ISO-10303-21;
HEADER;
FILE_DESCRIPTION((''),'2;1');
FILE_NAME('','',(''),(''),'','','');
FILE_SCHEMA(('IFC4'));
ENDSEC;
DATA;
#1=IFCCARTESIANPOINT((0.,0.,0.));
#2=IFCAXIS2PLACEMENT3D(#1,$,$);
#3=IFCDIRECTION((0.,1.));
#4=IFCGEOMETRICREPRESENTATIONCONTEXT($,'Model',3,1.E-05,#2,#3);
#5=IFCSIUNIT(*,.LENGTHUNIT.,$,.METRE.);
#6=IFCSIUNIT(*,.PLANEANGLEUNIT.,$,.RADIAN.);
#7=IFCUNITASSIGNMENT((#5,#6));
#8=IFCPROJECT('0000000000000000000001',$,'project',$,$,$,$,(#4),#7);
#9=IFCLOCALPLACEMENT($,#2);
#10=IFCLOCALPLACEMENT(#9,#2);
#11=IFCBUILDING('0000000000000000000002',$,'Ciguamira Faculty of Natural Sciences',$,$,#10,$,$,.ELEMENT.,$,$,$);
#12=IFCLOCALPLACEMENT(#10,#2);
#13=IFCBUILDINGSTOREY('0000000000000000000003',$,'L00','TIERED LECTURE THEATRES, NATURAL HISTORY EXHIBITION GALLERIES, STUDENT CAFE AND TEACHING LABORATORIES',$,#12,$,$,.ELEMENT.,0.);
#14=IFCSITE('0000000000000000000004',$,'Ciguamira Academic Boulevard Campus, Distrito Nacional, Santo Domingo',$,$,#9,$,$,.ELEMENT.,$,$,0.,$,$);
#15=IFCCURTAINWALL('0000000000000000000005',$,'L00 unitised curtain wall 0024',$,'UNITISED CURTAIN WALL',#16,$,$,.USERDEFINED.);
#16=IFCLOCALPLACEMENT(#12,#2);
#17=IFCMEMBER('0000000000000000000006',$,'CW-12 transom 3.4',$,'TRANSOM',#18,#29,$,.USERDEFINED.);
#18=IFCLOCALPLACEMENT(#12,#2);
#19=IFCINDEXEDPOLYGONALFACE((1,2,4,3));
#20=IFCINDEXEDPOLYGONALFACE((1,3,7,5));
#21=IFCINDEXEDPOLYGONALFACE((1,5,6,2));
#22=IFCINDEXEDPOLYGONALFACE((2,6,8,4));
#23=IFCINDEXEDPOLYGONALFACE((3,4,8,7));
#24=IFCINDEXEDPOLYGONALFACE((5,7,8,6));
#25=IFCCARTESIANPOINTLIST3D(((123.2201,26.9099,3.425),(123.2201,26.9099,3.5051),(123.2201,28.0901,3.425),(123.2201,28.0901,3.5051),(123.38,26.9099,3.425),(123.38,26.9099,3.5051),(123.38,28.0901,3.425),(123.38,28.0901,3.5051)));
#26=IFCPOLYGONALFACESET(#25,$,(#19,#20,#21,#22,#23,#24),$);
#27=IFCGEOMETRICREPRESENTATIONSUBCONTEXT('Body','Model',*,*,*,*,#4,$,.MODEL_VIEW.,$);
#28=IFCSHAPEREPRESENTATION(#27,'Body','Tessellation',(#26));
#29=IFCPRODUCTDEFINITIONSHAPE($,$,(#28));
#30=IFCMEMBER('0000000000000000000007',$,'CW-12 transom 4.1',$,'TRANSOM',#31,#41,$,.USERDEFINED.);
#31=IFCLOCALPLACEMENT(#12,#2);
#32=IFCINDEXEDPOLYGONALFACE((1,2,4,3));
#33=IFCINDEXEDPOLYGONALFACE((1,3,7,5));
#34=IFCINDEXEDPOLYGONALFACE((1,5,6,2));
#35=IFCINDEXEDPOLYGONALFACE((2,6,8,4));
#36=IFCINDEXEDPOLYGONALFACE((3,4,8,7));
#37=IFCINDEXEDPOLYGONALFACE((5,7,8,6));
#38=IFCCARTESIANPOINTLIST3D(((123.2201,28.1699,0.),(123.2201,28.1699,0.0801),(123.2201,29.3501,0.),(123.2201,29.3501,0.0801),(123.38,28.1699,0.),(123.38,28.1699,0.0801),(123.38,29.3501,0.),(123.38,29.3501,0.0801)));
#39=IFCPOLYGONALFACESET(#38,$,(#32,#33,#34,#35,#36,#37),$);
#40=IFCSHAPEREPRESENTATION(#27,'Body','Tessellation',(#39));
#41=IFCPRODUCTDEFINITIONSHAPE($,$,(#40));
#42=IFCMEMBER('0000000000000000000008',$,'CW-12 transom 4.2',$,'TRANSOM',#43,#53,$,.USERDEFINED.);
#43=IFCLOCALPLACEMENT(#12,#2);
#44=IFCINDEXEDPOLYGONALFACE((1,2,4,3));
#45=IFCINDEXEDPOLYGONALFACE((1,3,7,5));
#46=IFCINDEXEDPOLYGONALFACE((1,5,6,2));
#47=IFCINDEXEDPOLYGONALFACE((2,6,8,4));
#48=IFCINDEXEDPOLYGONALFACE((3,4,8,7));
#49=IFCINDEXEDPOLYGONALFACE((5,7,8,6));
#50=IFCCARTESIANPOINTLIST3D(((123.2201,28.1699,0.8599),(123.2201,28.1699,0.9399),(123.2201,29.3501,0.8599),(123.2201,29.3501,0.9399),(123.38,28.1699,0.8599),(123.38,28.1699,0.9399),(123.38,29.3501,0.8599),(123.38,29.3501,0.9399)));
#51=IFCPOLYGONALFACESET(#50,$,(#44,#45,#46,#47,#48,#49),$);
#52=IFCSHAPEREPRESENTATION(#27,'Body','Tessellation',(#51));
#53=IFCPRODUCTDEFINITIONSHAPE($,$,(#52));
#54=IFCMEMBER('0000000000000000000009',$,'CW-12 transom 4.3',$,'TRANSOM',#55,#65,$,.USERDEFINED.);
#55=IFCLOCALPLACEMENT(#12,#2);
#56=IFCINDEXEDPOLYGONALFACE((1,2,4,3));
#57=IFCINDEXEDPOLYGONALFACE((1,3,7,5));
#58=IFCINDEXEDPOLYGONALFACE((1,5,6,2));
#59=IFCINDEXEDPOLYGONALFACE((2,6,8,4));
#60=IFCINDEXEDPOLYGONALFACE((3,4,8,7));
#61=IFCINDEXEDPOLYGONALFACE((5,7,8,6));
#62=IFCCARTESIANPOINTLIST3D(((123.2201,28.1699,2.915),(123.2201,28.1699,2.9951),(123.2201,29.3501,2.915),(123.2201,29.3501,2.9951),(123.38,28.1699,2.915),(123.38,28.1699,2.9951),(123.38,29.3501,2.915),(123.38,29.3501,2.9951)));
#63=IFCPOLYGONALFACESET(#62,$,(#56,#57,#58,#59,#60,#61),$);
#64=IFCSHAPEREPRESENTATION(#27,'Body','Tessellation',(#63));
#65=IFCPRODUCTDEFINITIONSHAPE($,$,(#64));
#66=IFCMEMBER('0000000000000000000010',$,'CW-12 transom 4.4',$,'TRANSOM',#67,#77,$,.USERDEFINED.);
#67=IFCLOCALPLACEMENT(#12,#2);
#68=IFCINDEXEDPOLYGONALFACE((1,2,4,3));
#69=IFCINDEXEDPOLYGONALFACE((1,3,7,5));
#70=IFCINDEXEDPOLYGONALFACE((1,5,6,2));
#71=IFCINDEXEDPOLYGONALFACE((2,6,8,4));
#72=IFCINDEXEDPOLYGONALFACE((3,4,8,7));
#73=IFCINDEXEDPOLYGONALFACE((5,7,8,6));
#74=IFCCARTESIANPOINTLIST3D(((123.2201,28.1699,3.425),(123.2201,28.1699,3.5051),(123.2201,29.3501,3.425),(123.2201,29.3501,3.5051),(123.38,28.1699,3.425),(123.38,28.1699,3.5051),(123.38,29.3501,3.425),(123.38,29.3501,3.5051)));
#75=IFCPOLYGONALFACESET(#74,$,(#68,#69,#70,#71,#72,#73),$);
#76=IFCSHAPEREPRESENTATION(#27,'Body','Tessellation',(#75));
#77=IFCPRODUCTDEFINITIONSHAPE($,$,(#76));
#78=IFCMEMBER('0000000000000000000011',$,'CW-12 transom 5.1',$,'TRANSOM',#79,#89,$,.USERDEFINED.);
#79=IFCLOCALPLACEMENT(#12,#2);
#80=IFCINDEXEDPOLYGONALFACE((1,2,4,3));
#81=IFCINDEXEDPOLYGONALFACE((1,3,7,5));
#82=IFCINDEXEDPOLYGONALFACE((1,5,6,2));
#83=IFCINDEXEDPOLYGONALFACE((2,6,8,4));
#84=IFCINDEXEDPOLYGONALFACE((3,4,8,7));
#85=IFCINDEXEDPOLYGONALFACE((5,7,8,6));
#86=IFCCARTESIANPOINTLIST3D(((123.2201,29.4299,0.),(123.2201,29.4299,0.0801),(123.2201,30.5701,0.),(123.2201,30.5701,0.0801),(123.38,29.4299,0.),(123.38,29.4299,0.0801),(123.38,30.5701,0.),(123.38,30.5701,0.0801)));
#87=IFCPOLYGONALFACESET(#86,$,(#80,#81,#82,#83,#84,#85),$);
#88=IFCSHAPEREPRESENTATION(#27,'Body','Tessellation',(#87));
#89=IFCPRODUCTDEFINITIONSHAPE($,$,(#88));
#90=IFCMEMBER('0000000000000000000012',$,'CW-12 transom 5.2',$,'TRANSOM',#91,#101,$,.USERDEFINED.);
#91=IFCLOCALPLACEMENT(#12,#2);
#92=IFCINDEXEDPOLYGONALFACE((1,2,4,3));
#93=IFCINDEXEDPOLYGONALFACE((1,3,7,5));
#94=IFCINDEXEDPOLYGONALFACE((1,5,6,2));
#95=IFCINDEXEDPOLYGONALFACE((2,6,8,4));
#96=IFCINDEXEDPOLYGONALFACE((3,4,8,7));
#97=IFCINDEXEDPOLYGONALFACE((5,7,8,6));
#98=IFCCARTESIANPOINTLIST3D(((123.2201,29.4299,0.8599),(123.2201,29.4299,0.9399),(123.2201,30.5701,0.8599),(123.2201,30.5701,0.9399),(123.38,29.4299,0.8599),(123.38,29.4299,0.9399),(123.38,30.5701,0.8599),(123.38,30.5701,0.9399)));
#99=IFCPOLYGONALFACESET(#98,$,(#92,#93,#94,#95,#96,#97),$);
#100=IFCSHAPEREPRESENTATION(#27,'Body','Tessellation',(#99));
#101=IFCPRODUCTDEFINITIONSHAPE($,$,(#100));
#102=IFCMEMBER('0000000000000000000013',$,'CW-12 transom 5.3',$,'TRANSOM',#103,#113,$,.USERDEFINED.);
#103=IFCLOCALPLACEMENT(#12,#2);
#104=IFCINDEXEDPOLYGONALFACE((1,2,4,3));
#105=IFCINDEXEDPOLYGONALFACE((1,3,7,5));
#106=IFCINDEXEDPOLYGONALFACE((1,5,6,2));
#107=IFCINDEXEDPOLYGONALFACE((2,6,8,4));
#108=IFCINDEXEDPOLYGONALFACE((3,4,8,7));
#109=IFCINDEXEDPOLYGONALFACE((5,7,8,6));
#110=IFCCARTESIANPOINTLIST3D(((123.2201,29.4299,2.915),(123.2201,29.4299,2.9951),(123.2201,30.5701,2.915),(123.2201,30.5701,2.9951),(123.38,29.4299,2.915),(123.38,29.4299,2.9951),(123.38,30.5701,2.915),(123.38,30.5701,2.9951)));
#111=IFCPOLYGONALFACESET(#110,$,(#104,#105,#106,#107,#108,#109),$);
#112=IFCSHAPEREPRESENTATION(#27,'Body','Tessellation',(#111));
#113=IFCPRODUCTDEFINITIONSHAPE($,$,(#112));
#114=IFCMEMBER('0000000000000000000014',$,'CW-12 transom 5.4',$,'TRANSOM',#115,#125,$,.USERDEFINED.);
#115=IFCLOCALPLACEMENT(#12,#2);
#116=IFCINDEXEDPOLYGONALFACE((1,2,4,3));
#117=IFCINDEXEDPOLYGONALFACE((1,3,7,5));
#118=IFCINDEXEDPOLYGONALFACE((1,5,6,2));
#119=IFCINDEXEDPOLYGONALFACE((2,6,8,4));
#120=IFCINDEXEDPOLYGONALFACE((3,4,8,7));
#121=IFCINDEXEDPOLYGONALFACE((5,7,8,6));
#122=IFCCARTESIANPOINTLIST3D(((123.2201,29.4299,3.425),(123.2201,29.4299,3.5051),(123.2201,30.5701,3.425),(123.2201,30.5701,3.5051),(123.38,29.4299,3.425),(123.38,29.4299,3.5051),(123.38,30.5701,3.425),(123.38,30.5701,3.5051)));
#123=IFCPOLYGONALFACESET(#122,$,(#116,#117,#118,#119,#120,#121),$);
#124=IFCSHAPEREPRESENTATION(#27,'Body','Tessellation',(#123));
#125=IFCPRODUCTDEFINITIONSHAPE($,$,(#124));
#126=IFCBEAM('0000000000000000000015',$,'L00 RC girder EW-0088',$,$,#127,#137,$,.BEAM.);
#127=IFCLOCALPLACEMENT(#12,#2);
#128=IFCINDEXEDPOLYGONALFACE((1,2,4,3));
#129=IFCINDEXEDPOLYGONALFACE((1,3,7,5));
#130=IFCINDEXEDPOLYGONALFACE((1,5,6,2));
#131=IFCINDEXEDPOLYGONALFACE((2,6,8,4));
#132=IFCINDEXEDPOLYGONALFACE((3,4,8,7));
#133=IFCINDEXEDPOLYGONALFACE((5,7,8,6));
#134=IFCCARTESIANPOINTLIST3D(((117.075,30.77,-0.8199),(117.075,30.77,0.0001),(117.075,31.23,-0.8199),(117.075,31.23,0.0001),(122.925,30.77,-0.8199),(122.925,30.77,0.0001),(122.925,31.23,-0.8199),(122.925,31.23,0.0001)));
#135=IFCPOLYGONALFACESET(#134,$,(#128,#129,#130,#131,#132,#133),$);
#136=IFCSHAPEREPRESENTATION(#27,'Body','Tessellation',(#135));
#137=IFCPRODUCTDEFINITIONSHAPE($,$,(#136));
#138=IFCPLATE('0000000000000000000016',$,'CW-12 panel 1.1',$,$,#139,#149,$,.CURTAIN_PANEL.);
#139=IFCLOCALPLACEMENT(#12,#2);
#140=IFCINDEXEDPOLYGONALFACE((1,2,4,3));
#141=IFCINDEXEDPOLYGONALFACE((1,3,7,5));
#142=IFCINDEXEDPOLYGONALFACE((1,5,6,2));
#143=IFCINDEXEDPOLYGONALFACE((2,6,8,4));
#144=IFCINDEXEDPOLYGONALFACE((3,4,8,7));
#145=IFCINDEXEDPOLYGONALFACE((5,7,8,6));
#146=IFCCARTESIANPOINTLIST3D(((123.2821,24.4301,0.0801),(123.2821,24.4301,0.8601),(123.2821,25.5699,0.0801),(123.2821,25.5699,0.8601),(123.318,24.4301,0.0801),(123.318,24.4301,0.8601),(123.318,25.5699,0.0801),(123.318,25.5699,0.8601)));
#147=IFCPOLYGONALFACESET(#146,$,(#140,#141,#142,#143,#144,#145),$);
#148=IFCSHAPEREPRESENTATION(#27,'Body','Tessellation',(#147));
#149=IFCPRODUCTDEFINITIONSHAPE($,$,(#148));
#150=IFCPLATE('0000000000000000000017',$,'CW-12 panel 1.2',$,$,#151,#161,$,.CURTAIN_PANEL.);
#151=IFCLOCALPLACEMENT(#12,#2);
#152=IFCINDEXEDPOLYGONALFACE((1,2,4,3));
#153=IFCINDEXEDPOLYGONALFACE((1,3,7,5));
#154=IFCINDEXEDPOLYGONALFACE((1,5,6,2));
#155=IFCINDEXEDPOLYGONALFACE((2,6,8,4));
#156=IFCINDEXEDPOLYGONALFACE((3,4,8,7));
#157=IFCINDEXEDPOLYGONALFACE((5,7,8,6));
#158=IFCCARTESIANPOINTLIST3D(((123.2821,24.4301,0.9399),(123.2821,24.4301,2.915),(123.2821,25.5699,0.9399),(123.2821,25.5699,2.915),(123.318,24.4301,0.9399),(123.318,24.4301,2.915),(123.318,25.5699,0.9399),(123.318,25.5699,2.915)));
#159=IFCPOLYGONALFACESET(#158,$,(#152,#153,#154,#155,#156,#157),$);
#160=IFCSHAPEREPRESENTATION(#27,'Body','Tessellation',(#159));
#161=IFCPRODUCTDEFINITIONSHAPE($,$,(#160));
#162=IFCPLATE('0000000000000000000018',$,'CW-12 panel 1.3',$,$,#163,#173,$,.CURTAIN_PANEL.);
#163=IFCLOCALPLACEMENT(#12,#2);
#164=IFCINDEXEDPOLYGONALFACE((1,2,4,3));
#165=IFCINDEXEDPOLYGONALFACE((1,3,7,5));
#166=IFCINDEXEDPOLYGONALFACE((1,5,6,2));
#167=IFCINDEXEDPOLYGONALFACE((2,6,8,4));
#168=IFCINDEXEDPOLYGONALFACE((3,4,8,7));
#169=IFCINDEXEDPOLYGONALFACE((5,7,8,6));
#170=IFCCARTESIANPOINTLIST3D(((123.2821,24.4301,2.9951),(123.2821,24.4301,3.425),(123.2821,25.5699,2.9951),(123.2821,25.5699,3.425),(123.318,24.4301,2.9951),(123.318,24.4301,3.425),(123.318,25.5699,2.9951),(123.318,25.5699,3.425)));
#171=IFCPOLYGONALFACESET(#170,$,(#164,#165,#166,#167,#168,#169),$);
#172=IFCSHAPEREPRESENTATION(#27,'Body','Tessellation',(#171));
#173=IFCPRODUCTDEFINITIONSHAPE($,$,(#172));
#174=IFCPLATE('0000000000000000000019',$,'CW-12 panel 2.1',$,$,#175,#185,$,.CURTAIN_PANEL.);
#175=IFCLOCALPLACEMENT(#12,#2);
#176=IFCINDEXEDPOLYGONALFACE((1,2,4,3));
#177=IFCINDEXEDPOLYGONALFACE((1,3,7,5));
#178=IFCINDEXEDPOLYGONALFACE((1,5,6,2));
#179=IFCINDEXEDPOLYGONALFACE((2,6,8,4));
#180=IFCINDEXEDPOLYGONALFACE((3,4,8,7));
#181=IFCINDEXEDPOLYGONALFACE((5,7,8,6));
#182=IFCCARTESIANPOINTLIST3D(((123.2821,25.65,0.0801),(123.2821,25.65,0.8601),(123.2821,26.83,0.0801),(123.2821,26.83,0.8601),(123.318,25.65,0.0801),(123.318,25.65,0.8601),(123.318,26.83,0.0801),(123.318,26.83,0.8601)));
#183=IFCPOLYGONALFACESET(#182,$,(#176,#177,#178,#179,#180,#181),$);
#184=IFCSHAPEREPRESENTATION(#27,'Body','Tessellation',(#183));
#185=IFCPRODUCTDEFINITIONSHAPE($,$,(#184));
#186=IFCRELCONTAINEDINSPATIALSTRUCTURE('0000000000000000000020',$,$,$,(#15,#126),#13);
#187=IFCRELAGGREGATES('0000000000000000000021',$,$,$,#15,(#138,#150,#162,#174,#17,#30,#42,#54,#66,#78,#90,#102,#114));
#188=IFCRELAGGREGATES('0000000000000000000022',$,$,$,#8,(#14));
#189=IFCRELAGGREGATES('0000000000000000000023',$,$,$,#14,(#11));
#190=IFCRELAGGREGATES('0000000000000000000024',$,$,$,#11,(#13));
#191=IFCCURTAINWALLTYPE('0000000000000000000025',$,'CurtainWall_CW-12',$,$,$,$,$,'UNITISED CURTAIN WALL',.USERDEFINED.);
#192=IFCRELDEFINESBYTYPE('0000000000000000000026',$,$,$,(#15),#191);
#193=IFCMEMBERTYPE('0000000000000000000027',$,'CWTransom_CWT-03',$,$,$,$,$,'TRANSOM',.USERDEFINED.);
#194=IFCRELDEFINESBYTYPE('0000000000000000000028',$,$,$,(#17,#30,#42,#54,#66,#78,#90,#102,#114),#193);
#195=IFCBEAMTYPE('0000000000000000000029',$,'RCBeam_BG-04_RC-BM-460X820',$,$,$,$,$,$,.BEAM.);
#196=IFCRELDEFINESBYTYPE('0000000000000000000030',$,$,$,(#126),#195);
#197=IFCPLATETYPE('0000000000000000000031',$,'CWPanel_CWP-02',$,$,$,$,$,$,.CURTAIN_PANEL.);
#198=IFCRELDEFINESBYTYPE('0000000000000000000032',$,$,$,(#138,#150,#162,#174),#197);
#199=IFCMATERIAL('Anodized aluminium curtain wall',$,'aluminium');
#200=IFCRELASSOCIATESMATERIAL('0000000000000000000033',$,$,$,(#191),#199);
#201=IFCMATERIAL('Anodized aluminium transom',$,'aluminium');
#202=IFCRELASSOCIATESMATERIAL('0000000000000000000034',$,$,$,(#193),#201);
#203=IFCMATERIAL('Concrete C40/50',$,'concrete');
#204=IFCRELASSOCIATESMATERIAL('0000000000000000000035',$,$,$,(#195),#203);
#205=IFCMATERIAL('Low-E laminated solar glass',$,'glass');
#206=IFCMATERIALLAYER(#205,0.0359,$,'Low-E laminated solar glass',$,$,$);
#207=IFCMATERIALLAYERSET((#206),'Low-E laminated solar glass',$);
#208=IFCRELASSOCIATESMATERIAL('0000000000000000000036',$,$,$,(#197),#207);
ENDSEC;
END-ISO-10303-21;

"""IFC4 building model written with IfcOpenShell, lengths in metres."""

from ifc_helpers import new_model, si_unit, direction, frame, origin, origin_2d, place, context, subcontext, project, spatial, rectangle, extrude, material, layer, layer_set, material_profile, profile_set, type_object, element, aggregate, save


model = new_model("IFC4")

# Units and contexts
model_context = context("Model", 3, precision=1e-05, world=origin(), true_north=direction((0.0, 1.0)))
body_context = subcontext(model_context, "Body", "Model", "MODEL_VIEW")
ifc_project = project(units=[si_unit("LENGTHUNIT", "METRE"), si_unit("PLANEANGLEUNIT", "RADIAN")], contexts=[model_context])

# Site, building, storey
site_placement = place(None, origin())
site = spatial("IfcSite", under=ifc_project, at=site_placement, Name="Ciguamira Academic Boulevard Campus, Distrito Nacional, Santo Domingo", CompositionType="ELEMENT", RefElevation=0.0)
building_placement = place(site_placement, origin())
building = spatial("IfcBuilding", under=site, at=building_placement, Name="Ciguamira Faculty of Natural Sciences", CompositionType="ELEMENT")
storey_placement = place(building_placement, origin())
storey = spatial("IfcBuildingStorey", under=building, at=storey_placement, Name="L00", Description="TIERED LECTURE THEATRES, NATURAL HISTORY EXHIBITION GALLERIES, STUDENT CAFE AND TEACHING LABORATORIES", CompositionType="ELEMENT", Elevation=0.0)

# Shared definitions
ifc_material_1 = material(Name="Concrete C40/50", Category="concrete")

# Curtain wall, members
ifc_material_2 = material(Name="Anodized aluminium curtain wall", Category="aluminium")
curtain_wall_type = type_object("IfcCurtainWallType", Name="CurtainWall_CW-12", ElementType="UNITISED CURTAIN WALL", PredefinedType="USERDEFINED", material=ifc_material_2)
curtain_wall_placement = place(storey_placement, origin())
curtain_wall = element("IfcCurtainWall", 1, at=curtain_wall_placement, inside=storey, type_object=curtain_wall_type, Name="L00 unitised curtain wall 0024", ObjectType="UNITISED CURTAIN WALL", PredefinedType="USERDEFINED")
ifc_material_3 = material(Name="Anodized aluminium transom", Category="aluminium")
ifc_material_profile_1 = material_profile(ifc_material_3, rectangle(XDim=0.0801, YDim=0.1599, at=origin_2d()), Name="ALU-TRN-80X160")
ifc_profile_set_1 = profile_set([ifc_material_profile_1], Name="Anodized aluminium transom")
member_type_1 = type_object("IfcMemberType", Name="CWTransom_CWT-03", ElementType="TRANSOM", PredefinedType="USERDEFINED", material=ifc_profile_set_1)
member_1_placement = place(storey_placement, frame((123.3, 26.9099, 3.4651), z_axis=(0.0, 1.0, 0.0), x_axis=(0.0, 0.0, 1.0)))
member_1 = element("IfcMember", 2, at=member_1_placement, type_object=member_type_1, Name="CW-12 transom 3.4", ObjectType="TRANSOM", PredefinedType="USERDEFINED", context=body_context, shape_type="SweptSolid", body=[
    extrude(rectangle(XDim=0.0801, YDim=0.1599, at=origin_2d()), origin(), (0.0, 0.0, 1.0), 1.1802),
])
member_2_placement = place(storey_placement, frame((123.3, 28.1699, 0.04), z_axis=(0.0, 1.0, 0.0), x_axis=(0.0, 0.0, 1.0)))
member_2 = element("IfcMember", 3, at=member_2_placement, type_object=member_type_1, Name="CW-12 transom 4.1", ObjectType="TRANSOM", PredefinedType="USERDEFINED", context=body_context, shape_type="SweptSolid", body=[
    extrude(rectangle(XDim=0.0801, YDim=0.1599, at=origin_2d()), origin(), (0.0, 0.0, 1.0), 1.1802),
])
member_3_placement = place(storey_placement, frame((123.3, 28.1699, 0.8999), z_axis=(0.0, 1.0, 0.0), x_axis=(0.0, 0.0, 1.0)))
member_3 = element("IfcMember", 4, at=member_3_placement, type_object=member_type_1, Name="CW-12 transom 4.2", ObjectType="TRANSOM", PredefinedType="USERDEFINED", context=body_context, shape_type="SweptSolid", body=[
    extrude(rectangle(XDim=0.0801, YDim=0.1599, at=origin_2d()), origin(), (0.0, 0.0, 1.0), 1.1802),
])
member_4_placement = place(storey_placement, frame((123.3, 28.1699, 2.9551), z_axis=(0.0, 1.0, 0.0), x_axis=(0.0, 0.0, 1.0)))
member_4 = element("IfcMember", 5, at=member_4_placement, type_object=member_type_1, Name="CW-12 transom 4.3", ObjectType="TRANSOM", PredefinedType="USERDEFINED", context=body_context, shape_type="SweptSolid", body=[
    extrude(rectangle(XDim=0.0801, YDim=0.1599, at=origin_2d()), origin(), (0.0, 0.0, 1.0), 1.1802),
])
member_5_placement = place(storey_placement, frame((123.3, 28.1699, 3.4651), z_axis=(0.0, 1.0, 0.0), x_axis=(0.0, 0.0, 1.0)))
member_5 = element("IfcMember", 6, at=member_5_placement, type_object=member_type_1, Name="CW-12 transom 4.4", ObjectType="TRANSOM", PredefinedType="USERDEFINED", context=body_context, shape_type="SweptSolid", body=[
    extrude(rectangle(XDim=0.0801, YDim=0.1599, at=origin_2d()), origin(), (0.0, 0.0, 1.0), 1.1802),
])
member_6_placement = place(storey_placement, frame((123.3, 29.4299, 0.04), z_axis=(0.0, 1.0, 0.0), x_axis=(0.0, 0.0, 1.0)))
member_6 = element("IfcMember", 7, at=member_6_placement, type_object=member_type_1, Name="CW-12 transom 5.1", ObjectType="TRANSOM", PredefinedType="USERDEFINED", context=body_context, shape_type="SweptSolid", body=[
    extrude(rectangle(XDim=0.0801, YDim=0.1599, at=origin_2d()), origin(), (0.0, 0.0, 1.0), 1.1401),
])
member_7_placement = place(storey_placement, frame((123.3, 29.4299, 0.8999), z_axis=(0.0, 1.0, 0.0), x_axis=(0.0, 0.0, 1.0)))
member_7 = element("IfcMember", 8, at=member_7_placement, type_object=member_type_1, Name="CW-12 transom 5.2", ObjectType="TRANSOM", PredefinedType="USERDEFINED", context=body_context, shape_type="SweptSolid", body=[
    extrude(rectangle(XDim=0.0801, YDim=0.1599, at=origin_2d()), origin(), (0.0, 0.0, 1.0), 1.1401),
])
member_8_placement = place(storey_placement, frame((123.3, 29.4299, 2.9551), z_axis=(0.0, 1.0, 0.0), x_axis=(0.0, 0.0, 1.0)))
member_8 = element("IfcMember", 9, at=member_8_placement, type_object=member_type_1, Name="CW-12 transom 5.3", ObjectType="TRANSOM", PredefinedType="USERDEFINED", context=body_context, shape_type="SweptSolid", body=[
    extrude(rectangle(XDim=0.0801, YDim=0.1599, at=origin_2d()), origin(), (0.0, 0.0, 1.0), 1.1401),
])
member_9_placement = place(storey_placement, frame((123.3, 29.4299, 3.4651), z_axis=(0.0, 1.0, 0.0), x_axis=(0.0, 0.0, 1.0)))
member_9 = element("IfcMember", 10, at=member_9_placement, type_object=member_type_1, Name="CW-12 transom 5.4", ObjectType="TRANSOM", PredefinedType="USERDEFINED", context=body_context, shape_type="SweptSolid", body=[
    extrude(rectangle(XDim=0.0801, YDim=0.1599, at=origin_2d()), origin(), (0.0, 0.0, 1.0), 1.1401),
])

# Beam
ifc_material_profile_2 = material_profile(ifc_material_1, rectangle(XDim=0.46, YDim=0.8201, at=origin_2d()), Name="RC-BM-460X820")
ifc_profile_set_2 = profile_set([ifc_material_profile_2], Name="Concrete C40/50")
beam_type = type_object("IfcBeamType", Name="RCBeam_BG-04_RC-BM-460X820", PredefinedType="BEAM", material=ifc_profile_set_2)
beam_placement = place(storey_placement, frame((117.075, 31.0, -0.4099), z_axis=(1.0, 0.0, 0.0), x_axis=(0.0, 1.0, 0.0)))
element("IfcBeam", 11, at=beam_placement, inside=storey, type_object=beam_type, Name="L00 RC girder EW-0088", PredefinedType="BEAM", context=body_context, shape_type="SweptSolid", body=[
    extrude(rectangle(XDim=0.46, YDim=0.8201, at=origin_2d()), origin(), (0.0, 0.0, 1.0), 5.8501),
])

# Plates
ifc_material_4 = material(Name="Low-E laminated solar glass", Category="glass")
ifc_layer = layer(ifc_material_4, 0.0359, Name="Low-E laminated solar glass")
ifc_layer_set = layer_set([ifc_layer], Name="Low-E laminated solar glass")
plate_type = type_object("IfcPlateType", Name="CWPanel_CWP-02", PredefinedType="CURTAIN_PANEL", material=ifc_layer_set)
plate_1_placement = place(storey_placement, frame((123.3, 25.0, 0.0801), z_axis=(0.0, 0.0, 1.0), x_axis=(0.0, 1.0, 0.0)))
plate_1 = element("IfcPlate", 12, at=plate_1_placement, type_object=plate_type, Name="CW-12 panel 1.1", PredefinedType="CURTAIN_PANEL", context=body_context, shape_type="SweptSolid", body=[
    extrude(rectangle(XDim=1.1399, YDim=0.0359, at=origin_2d()), origin(), (0.0, 0.0, 1.0), 0.78),
])
plate_2_placement = place(storey_placement, frame((123.3, 25.0, 0.9399), z_axis=(0.0, 0.0, 1.0), x_axis=(0.0, 1.0, 0.0)))
plate_2 = element("IfcPlate", 13, at=plate_2_placement, type_object=plate_type, Name="CW-12 panel 1.2", PredefinedType="CURTAIN_PANEL", context=body_context, shape_type="SweptSolid", body=[
    extrude(rectangle(XDim=1.1399, YDim=0.0359, at=origin_2d()), origin(), (0.0, 0.0, 1.0), 1.9751),
])
plate_3_placement = place(storey_placement, frame((123.3, 25.0, 2.9951), z_axis=(0.0, 0.0, 1.0), x_axis=(0.0, 1.0, 0.0)))
plate_3 = element("IfcPlate", 14, at=plate_3_placement, type_object=plate_type, Name="CW-12 panel 1.3", PredefinedType="CURTAIN_PANEL", context=body_context, shape_type="SweptSolid", body=[
    extrude(rectangle(XDim=1.1399, YDim=0.0359, at=origin_2d()), origin(), (0.0, 0.0, 1.0), 0.4299),
])
plate_4_placement = place(storey_placement, frame((123.3, 26.24, 0.0801), z_axis=(0.0, 0.0, 1.0), x_axis=(0.0, 1.0, 0.0)))
plate_4 = element("IfcPlate", 15, at=plate_4_placement, type_object=plate_type, Name="CW-12 panel 2.1", PredefinedType="CURTAIN_PANEL", context=body_context, shape_type="SweptSolid", body=[
    extrude(rectangle(XDim=1.1799, YDim=0.0359, at=origin_2d()), origin(), (0.0, 0.0, 1.0), 0.78),
])
aggregate(curtain_wall, [plate_1, plate_2, plate_3, plate_4, member_1, member_2, member_3, member_4, member_5, member_6, member_7, member_8, member_9])

save(model, "model.ifc")
